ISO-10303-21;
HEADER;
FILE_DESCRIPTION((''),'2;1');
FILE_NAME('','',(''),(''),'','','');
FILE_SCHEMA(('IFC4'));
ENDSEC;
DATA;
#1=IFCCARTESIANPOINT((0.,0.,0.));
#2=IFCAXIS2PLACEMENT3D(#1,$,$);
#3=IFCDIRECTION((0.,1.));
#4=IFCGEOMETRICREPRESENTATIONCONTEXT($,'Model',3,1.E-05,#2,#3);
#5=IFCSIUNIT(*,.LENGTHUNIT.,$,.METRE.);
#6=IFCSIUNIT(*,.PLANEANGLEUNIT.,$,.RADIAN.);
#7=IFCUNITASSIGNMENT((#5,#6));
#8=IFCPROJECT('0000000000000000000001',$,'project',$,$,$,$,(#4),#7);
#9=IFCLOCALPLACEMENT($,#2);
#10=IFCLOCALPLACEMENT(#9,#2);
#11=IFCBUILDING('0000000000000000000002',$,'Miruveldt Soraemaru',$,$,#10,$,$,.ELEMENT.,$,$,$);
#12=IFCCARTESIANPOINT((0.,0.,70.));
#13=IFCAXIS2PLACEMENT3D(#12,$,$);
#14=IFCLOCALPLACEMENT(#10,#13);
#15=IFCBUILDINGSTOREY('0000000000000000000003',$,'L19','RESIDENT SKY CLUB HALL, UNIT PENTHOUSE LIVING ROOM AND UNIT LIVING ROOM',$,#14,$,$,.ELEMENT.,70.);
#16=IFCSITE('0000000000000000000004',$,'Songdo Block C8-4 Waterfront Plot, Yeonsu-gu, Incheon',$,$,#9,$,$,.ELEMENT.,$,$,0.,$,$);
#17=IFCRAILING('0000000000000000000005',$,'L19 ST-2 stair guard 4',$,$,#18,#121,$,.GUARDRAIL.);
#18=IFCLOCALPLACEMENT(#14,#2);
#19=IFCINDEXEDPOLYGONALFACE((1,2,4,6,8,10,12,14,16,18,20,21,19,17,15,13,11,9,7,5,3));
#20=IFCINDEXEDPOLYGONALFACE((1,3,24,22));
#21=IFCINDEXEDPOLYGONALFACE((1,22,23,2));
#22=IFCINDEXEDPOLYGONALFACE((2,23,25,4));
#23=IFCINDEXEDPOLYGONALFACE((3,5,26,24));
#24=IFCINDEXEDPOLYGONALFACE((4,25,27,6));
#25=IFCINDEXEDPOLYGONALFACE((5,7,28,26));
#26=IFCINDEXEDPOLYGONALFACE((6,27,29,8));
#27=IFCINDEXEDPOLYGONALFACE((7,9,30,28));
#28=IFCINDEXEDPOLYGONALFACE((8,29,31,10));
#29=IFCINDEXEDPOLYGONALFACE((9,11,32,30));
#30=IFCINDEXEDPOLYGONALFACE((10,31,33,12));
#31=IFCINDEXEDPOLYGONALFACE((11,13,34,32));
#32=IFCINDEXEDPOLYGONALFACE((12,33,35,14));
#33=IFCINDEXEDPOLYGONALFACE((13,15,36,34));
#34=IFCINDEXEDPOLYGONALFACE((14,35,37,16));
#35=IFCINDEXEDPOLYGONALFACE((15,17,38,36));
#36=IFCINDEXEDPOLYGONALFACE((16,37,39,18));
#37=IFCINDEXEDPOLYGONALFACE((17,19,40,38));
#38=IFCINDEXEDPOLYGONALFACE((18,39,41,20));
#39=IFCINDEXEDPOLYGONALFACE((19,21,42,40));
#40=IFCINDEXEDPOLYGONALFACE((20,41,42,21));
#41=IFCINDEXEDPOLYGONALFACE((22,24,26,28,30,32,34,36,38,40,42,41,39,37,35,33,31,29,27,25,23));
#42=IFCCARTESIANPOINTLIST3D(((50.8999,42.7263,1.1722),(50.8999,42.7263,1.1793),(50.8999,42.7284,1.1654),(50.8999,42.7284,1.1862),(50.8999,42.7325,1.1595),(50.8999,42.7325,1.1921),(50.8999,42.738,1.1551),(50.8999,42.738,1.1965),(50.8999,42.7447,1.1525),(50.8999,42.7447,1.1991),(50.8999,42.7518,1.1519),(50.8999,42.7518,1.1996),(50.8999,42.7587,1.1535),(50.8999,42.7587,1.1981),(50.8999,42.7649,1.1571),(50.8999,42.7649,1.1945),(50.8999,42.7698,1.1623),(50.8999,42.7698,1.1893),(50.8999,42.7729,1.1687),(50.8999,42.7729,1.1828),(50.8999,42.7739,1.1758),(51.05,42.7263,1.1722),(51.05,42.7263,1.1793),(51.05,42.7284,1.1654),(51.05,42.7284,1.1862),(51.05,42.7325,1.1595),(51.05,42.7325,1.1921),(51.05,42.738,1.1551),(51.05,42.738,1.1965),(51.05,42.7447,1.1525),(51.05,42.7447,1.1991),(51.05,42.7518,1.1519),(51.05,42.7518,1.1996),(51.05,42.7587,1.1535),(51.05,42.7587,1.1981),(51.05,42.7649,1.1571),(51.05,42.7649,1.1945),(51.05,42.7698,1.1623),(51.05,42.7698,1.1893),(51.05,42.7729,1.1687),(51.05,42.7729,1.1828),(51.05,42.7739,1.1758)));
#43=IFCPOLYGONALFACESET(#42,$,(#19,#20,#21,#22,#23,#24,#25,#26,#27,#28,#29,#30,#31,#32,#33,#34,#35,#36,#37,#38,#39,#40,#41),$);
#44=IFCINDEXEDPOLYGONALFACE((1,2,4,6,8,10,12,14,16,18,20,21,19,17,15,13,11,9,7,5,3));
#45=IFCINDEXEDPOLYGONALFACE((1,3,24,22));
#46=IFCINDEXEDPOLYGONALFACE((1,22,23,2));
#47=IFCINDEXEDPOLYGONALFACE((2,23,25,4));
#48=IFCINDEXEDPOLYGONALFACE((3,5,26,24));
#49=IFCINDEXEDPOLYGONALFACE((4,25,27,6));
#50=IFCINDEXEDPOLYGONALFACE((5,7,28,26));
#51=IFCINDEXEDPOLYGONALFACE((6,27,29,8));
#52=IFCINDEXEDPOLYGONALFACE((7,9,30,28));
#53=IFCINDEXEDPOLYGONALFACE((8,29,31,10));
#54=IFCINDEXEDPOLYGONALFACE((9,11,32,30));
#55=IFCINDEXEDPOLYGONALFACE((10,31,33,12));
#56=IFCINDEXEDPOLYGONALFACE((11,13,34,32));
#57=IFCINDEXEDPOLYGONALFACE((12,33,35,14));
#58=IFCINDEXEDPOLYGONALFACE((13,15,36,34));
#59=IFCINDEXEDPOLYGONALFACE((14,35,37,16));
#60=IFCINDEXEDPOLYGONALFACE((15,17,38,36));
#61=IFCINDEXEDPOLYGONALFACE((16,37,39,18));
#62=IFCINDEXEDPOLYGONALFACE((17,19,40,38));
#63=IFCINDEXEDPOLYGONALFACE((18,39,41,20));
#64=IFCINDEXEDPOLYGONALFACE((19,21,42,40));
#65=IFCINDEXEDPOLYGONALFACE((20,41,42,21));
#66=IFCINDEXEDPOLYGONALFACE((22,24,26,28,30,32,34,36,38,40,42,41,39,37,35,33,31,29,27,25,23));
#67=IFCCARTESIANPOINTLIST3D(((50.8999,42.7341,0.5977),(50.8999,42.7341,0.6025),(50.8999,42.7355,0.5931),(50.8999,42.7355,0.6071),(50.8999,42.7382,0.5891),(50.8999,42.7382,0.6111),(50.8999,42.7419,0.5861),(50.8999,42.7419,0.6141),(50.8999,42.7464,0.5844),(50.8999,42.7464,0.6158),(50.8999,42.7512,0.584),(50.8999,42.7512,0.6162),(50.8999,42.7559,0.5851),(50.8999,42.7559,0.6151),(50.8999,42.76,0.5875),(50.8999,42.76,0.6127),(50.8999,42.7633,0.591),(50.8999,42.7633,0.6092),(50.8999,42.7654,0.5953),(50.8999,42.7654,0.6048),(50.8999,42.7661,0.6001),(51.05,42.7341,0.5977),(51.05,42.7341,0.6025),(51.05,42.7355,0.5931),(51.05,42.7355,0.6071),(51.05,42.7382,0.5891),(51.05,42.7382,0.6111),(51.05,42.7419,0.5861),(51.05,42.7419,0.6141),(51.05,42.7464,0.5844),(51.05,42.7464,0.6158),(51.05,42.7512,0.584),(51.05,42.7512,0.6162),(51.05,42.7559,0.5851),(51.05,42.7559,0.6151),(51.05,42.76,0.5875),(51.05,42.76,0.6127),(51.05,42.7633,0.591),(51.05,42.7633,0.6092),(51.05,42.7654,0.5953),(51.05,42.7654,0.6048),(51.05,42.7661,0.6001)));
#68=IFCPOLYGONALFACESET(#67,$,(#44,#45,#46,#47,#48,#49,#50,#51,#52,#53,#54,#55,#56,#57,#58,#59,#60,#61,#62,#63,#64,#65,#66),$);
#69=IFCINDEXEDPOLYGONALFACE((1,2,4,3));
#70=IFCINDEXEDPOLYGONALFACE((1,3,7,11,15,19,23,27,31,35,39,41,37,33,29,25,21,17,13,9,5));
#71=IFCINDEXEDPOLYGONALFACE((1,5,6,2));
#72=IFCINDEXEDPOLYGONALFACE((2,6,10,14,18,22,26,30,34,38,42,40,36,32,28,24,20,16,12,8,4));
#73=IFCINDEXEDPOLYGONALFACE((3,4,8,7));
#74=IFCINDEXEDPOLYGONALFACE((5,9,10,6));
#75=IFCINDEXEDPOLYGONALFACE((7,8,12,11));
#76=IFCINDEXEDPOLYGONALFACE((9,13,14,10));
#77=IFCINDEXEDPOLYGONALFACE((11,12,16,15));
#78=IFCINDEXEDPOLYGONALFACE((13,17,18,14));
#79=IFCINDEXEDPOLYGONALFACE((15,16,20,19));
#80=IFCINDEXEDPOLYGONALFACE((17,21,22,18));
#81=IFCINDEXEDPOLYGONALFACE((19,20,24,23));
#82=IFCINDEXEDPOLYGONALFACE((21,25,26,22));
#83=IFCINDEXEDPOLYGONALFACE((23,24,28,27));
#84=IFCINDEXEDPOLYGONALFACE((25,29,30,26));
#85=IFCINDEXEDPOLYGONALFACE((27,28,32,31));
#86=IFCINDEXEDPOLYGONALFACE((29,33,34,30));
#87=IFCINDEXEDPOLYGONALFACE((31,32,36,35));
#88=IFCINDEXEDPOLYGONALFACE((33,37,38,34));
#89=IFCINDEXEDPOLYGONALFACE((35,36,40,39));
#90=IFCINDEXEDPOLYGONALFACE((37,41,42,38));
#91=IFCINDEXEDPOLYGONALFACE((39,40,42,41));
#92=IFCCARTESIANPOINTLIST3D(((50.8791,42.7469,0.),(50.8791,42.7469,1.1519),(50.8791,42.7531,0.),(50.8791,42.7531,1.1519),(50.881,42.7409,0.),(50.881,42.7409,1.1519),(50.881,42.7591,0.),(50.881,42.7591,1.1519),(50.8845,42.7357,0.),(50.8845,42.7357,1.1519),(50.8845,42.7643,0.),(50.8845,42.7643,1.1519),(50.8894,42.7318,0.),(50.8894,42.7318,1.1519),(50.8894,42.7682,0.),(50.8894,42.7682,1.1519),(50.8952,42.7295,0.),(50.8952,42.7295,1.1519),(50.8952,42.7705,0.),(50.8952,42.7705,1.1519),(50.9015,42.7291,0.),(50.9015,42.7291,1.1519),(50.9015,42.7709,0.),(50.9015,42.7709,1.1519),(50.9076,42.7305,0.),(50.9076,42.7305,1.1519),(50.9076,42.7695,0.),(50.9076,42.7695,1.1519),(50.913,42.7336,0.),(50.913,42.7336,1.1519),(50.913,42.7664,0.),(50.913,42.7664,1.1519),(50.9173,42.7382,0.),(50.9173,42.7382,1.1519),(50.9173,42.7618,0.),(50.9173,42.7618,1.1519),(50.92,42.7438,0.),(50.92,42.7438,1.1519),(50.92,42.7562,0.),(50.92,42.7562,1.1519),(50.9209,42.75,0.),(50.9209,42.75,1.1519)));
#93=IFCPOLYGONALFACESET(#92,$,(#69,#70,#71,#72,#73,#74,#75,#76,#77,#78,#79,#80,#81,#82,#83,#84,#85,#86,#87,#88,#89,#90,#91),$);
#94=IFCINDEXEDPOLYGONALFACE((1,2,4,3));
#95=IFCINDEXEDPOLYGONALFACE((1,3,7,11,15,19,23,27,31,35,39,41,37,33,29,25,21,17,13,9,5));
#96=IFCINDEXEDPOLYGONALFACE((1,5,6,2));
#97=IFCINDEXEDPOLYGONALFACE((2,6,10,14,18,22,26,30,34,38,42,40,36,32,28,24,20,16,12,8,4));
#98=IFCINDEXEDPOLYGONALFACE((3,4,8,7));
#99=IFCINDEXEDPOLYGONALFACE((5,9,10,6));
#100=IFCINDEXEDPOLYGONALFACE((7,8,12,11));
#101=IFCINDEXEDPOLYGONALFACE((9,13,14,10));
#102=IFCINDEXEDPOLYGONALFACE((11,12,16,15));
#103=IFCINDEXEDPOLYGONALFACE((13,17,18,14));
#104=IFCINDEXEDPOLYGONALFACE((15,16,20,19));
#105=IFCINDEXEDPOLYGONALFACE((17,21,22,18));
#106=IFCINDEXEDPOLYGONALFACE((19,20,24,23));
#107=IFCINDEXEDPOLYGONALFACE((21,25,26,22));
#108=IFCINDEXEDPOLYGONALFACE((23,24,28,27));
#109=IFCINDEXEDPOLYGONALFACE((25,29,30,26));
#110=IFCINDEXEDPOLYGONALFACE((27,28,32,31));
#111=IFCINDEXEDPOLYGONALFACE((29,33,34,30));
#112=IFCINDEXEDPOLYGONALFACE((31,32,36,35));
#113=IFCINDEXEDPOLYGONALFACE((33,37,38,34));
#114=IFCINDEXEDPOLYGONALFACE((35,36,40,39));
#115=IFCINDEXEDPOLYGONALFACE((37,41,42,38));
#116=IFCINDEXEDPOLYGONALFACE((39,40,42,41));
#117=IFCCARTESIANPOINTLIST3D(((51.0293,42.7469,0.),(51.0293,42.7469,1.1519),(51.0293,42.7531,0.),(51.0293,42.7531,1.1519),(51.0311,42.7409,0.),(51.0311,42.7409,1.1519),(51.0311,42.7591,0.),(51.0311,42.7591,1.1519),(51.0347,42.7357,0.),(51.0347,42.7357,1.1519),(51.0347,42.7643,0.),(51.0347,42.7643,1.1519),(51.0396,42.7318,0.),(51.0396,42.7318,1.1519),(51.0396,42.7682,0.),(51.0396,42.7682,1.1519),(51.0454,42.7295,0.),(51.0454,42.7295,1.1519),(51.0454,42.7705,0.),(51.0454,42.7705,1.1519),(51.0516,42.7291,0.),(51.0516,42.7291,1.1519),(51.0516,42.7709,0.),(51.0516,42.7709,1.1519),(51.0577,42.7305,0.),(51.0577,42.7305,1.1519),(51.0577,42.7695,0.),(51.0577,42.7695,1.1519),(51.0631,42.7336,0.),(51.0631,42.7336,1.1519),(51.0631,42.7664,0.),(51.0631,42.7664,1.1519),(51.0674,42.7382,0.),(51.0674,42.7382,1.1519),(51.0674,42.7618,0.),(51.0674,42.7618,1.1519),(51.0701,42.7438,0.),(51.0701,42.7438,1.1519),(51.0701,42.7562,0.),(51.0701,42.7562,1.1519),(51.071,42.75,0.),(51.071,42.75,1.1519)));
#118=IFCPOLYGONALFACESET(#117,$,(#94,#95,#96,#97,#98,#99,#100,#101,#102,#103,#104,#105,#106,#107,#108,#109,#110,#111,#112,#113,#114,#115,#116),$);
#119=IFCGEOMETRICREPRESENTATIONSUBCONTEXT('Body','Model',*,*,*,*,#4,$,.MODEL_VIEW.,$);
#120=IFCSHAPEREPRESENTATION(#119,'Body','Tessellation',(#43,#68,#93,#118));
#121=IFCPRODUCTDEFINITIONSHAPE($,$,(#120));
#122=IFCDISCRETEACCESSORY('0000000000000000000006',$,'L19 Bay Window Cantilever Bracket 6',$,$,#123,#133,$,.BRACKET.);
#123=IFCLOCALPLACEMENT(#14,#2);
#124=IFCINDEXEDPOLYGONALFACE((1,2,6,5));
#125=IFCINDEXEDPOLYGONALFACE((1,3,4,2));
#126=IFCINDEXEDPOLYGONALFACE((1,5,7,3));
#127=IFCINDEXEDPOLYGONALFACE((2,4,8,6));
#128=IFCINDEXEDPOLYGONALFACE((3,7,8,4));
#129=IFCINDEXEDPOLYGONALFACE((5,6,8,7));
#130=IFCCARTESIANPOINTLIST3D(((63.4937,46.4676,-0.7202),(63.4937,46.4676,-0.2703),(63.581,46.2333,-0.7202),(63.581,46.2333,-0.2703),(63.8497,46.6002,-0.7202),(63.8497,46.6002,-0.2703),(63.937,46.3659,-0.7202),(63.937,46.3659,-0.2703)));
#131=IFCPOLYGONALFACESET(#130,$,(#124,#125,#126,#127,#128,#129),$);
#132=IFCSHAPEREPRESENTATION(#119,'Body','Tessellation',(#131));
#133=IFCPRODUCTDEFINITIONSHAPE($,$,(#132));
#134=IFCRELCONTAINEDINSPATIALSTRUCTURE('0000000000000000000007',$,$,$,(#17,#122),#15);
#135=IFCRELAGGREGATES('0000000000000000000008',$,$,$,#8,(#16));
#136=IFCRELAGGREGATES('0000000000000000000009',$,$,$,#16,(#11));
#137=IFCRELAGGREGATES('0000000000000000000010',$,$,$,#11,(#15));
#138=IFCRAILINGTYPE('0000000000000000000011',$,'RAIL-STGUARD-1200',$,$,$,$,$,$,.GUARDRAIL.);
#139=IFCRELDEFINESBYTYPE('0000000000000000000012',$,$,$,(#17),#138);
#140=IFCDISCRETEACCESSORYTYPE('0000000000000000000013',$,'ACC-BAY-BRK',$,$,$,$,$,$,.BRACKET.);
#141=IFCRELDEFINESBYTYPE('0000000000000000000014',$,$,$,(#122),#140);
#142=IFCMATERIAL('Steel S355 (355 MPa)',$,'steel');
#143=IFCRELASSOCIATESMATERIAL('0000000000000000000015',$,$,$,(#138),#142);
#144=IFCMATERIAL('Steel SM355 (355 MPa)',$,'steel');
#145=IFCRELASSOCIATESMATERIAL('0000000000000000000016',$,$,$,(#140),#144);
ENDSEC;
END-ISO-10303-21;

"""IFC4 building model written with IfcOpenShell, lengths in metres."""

from ifc_helpers import new_model, si_unit, direction, frame, origin, origin_2d, place, context, subcontext, project, spatial, rectangle, circle, extrude, material, type_object, element, save


model = new_model("IFC4")

# Units and contexts
model_context = context("Model", 3, precision=1e-05, world=origin(), true_north=direction((0.0, 1.0)))
body_context = subcontext(model_context, "Body", "Model", "MODEL_VIEW")
ifc_project = project(units=[si_unit("LENGTHUNIT", "METRE"), si_unit("PLANEANGLEUNIT", "RADIAN")], contexts=[model_context])

# Site, building, storey
site_placement = place(None, origin())
site = spatial("IfcSite", under=ifc_project, at=site_placement, Name="Songdo Block C8-4 Waterfront Plot, Yeonsu-gu, Incheon", CompositionType="ELEMENT", RefElevation=0.0)
building_placement = place(site_placement, origin())
building = spatial("IfcBuilding", under=site, at=building_placement, Name="Miruveldt Soraemaru", CompositionType="ELEMENT")
storey_placement = place(building_placement, frame((0.0, 0.0, 70.0)))
storey = spatial("IfcBuildingStorey", under=building, at=storey_placement, Name="L19", Description="RESIDENT SKY CLUB HALL, UNIT PENTHOUSE LIVING ROOM AND UNIT LIVING ROOM", CompositionType="ELEMENT", Elevation=70.0)

# Railing
ifc_material_1 = material(Name="Steel S355 (355 MPa)", Category="steel")
railing_type_1 = type_object("IfcRailingType", Name="RAIL-STGUARD-1200", PredefinedType="GUARDRAIL", material=ifc_material_1)
railing_1_placement = place(storey_placement, frame((50.8999, 42.75, 0.0)))
element("IfcRailing", 1, at=railing_1_placement, inside=storey, type_object=railing_type_1, Name="L19 ST-2 stair guard 4", PredefinedType="GUARDRAIL", context=body_context, shape_type="SweptSolid", body=[
    extrude(circle(Radius=0.0239, at=origin_2d()), frame((0.0, 0.0, 1.1758), z_axis=(1.0, 0.0, 0.0), x_axis=(0.0, 1.0, 0.0)), (0.0, 0.0, 1.0), 0.1501),
    extrude(circle(Radius=0.0161, at=origin_2d()), frame((0.0, 0.0, 0.6001), z_axis=(1.0, 0.0, 0.0), x_axis=(0.0, 1.0, 0.0)), (0.0, 0.0, 1.0), 0.1501),
    extrude(circle(Radius=0.021, at=origin_2d()), origin(), (0.0, 0.0, 1.0), 1.1519),
    extrude(circle(Radius=0.021, at=origin_2d()), frame((0.1501, 0.0, 0.0)), (0.0, 0.0, 1.0), 1.1519),
])

# Discrete accessory
ifc_material_2 = material(Name="Steel SM355 (355 MPa)", Category="steel")
discrete_accessory_type = type_object("IfcDiscreteAccessoryType", Name="ACC-BAY-BRK", PredefinedType="BRACKET", material=ifc_material_2)
discrete_accessory_placement = place(storey_placement, frame((63.7153, 46.4167, -0.7202), z_axis=(0.0, 0.0, 1.0), x_axis=(0.937118, 0.349014, 0.0)))
element("IfcDiscreteAccessory", 2, at=discrete_accessory_placement, inside=storey, type_object=discrete_accessory_type, Name="L19 Bay Window Cantilever Bracket 6", PredefinedType="BRACKET", context=body_context, shape_type="SweptSolid", body=[
    extrude(rectangle(XDim=0.3799, YDim=0.25, at=origin_2d()), origin(), (0.0, 0.0, 1.0), 0.45),
])

save(model, "model.ifc")
